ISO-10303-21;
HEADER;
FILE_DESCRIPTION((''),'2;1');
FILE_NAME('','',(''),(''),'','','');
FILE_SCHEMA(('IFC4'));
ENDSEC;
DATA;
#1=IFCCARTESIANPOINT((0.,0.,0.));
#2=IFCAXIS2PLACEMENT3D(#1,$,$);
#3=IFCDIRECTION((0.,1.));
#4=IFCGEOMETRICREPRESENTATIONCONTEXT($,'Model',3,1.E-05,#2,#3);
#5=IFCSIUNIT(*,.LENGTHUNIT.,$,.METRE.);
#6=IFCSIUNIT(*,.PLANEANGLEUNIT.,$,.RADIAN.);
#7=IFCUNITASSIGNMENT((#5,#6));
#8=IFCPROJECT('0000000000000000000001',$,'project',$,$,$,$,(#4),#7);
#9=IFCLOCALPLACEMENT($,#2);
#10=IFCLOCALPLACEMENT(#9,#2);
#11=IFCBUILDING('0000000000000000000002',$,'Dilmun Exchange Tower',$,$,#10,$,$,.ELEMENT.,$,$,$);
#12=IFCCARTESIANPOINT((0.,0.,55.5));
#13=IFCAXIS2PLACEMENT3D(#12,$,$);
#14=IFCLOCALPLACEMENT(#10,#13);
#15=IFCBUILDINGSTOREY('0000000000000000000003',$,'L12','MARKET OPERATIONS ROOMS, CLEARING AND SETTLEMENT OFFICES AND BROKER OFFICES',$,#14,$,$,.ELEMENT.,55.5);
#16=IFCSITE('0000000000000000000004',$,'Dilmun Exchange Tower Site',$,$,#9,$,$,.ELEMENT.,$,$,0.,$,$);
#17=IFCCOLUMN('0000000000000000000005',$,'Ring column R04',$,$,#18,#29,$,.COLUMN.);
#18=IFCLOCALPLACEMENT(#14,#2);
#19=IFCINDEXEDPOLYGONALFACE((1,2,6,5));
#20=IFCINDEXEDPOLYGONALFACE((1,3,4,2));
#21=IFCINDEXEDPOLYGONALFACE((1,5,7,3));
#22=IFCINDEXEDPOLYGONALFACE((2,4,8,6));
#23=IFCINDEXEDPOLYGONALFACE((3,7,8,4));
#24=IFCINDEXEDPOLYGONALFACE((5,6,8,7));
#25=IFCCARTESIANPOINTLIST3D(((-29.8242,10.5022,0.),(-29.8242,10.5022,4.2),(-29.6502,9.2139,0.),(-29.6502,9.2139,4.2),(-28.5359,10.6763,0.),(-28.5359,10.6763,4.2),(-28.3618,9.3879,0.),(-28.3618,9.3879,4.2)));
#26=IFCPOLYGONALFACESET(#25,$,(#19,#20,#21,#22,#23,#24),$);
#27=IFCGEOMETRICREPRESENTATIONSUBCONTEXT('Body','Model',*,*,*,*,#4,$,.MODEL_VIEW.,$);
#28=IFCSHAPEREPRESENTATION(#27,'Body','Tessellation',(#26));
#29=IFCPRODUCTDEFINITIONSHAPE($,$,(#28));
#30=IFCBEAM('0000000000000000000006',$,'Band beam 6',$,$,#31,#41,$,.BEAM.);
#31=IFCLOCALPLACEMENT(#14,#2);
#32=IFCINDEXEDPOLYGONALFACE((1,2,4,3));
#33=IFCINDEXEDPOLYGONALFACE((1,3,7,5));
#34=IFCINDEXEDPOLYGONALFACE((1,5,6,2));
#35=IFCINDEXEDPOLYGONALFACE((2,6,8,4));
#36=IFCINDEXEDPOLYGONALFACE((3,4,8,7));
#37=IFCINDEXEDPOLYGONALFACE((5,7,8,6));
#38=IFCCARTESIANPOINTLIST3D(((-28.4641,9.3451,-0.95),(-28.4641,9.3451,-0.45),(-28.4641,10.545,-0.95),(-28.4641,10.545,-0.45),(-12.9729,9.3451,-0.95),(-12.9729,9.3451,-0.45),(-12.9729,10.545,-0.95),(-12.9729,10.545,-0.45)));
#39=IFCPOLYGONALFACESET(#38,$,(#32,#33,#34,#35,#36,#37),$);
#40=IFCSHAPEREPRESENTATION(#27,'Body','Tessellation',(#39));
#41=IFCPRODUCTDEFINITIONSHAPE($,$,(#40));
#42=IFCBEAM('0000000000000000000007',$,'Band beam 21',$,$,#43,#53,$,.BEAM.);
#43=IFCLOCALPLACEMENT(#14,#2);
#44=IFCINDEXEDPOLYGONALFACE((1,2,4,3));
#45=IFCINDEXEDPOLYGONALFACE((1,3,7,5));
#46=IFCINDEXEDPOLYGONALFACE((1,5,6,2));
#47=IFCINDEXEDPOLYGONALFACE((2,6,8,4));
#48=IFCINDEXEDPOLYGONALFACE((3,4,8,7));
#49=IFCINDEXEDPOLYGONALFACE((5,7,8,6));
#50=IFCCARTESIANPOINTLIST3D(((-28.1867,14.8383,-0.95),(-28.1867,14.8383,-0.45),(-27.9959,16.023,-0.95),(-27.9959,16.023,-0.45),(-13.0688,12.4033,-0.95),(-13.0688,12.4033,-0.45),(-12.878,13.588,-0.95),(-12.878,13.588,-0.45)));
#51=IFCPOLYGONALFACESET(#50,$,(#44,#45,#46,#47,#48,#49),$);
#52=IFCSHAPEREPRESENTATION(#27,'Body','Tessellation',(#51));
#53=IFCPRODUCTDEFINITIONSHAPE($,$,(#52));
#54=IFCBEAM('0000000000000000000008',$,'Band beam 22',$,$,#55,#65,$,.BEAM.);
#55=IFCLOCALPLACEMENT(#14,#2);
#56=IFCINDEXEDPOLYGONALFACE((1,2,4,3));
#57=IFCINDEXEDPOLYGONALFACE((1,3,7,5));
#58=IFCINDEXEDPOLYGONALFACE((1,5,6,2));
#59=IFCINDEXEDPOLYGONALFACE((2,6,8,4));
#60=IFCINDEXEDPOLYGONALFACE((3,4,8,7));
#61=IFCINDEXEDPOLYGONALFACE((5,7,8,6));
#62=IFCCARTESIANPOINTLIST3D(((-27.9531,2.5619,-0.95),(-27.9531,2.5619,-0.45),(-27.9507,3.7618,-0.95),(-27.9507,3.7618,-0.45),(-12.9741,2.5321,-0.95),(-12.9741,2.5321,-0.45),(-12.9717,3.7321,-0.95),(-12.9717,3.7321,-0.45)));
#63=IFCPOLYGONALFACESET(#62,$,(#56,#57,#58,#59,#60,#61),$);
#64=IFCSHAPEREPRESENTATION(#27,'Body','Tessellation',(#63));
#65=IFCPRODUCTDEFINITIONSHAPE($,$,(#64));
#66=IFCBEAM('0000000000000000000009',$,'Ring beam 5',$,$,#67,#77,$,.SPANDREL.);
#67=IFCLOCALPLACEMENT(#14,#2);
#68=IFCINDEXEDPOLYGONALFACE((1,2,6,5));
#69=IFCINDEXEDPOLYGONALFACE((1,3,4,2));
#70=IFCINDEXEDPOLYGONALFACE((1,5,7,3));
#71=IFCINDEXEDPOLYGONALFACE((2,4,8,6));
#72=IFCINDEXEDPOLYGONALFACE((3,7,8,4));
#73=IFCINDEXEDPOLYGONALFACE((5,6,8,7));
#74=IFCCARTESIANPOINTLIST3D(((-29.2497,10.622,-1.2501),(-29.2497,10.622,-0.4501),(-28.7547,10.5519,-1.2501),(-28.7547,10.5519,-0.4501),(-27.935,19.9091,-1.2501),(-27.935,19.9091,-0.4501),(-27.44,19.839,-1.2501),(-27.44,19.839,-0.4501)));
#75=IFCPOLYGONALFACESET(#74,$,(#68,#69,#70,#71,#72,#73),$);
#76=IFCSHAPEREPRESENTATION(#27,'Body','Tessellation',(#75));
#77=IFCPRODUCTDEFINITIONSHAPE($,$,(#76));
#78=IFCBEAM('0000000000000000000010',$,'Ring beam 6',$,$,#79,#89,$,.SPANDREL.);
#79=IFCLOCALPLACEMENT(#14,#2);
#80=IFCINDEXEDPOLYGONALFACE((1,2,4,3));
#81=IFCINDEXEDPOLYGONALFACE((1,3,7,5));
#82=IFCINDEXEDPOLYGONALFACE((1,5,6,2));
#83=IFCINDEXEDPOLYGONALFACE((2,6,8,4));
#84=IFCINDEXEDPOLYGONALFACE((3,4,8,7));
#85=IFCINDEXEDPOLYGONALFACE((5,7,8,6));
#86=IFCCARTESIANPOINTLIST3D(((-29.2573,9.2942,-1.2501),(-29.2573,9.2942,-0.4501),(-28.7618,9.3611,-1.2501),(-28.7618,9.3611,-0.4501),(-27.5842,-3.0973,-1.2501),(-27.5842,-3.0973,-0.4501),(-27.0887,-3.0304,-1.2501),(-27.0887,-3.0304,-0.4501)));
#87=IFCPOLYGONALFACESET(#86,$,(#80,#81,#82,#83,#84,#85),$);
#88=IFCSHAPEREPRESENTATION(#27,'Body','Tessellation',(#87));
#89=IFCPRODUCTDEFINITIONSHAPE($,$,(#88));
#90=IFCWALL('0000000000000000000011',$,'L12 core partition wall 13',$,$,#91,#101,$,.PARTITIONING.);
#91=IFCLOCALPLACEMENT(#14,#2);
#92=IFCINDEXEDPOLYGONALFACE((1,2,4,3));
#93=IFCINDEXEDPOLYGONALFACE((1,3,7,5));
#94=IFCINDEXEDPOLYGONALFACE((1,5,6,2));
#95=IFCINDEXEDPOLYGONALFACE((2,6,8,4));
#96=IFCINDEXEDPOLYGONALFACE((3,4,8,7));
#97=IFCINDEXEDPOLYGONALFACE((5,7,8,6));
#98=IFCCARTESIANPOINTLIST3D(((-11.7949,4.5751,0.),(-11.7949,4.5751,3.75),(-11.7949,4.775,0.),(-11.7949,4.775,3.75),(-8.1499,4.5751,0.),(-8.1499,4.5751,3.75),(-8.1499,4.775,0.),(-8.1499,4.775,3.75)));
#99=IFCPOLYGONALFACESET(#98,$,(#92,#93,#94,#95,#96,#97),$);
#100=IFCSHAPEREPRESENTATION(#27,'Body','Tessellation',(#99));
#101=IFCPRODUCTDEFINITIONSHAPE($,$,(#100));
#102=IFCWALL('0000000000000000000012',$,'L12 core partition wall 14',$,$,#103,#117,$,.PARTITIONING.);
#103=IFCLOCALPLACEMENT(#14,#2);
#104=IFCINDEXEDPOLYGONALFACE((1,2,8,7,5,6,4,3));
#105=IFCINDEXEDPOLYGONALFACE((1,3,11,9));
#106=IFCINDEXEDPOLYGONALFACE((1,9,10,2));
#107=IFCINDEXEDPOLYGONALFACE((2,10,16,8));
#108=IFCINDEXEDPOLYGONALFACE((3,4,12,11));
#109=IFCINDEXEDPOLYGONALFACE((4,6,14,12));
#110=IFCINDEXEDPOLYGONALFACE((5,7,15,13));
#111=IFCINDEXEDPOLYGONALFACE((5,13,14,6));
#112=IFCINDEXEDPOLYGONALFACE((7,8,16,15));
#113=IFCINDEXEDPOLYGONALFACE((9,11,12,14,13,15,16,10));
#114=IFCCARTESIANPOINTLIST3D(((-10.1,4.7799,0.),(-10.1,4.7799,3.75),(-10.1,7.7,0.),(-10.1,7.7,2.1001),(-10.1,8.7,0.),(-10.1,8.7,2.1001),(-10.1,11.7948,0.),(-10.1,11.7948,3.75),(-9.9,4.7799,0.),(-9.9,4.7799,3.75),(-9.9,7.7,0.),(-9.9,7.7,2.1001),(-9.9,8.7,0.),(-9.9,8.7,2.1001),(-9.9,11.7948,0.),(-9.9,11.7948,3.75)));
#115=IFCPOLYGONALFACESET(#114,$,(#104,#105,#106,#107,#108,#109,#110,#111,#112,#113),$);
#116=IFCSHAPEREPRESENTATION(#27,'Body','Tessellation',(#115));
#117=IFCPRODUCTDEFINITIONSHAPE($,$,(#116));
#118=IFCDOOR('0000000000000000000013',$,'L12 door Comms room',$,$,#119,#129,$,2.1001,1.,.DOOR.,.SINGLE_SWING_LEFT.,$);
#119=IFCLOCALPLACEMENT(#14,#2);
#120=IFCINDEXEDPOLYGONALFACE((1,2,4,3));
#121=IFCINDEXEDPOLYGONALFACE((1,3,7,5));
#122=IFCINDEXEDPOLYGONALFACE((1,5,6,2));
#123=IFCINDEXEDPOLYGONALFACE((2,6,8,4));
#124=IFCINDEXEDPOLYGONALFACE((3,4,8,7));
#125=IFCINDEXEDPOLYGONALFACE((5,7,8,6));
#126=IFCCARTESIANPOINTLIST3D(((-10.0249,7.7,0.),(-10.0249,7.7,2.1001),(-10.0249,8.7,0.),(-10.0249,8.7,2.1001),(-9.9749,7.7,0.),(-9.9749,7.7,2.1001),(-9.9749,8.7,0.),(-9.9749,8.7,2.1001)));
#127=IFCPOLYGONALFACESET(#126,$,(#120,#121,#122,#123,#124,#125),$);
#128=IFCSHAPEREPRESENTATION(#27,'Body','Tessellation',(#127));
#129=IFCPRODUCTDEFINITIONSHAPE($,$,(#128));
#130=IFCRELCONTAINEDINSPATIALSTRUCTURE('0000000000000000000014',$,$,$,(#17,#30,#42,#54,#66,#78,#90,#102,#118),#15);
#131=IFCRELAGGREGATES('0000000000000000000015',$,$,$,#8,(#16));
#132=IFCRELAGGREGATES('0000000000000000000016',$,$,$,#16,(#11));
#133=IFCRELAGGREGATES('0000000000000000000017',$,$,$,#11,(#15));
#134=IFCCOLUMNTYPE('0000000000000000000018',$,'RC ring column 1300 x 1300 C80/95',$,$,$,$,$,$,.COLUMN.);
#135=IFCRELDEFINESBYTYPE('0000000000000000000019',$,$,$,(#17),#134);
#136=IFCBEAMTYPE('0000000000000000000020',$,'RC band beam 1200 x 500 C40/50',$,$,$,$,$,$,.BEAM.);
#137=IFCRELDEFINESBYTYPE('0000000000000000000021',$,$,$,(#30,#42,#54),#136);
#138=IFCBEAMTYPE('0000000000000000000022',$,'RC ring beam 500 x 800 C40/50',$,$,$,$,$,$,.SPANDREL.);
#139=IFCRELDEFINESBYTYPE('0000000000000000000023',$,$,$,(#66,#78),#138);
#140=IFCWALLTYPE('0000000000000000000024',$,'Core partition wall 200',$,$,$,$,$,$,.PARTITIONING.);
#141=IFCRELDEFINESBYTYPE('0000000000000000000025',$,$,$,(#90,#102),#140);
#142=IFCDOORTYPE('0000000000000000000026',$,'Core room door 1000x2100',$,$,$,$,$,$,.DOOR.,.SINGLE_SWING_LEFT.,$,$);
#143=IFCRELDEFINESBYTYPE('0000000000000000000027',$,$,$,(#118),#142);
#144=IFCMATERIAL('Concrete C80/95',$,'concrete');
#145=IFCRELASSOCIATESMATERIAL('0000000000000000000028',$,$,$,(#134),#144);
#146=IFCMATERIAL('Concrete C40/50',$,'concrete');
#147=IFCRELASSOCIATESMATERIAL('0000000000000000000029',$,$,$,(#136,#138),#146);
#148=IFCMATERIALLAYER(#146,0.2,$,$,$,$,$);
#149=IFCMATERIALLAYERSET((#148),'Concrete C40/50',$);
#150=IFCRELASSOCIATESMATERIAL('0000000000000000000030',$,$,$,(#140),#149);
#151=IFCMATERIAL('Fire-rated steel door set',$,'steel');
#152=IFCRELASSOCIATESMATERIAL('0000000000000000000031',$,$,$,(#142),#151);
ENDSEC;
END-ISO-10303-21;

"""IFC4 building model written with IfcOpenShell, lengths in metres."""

from ifc_helpers import new_model, si_unit, direction, frame, frame_2d, origin, origin_2d, place, context, subcontext, project, spatial, rectangle, extrude, material, layer, layer_set, material_profile, profile_set, type_object, element, fill, save


model = new_model("IFC4")

# Units and contexts
model_context = context("Model", 3, precision=1e-05, world=origin(), true_north=direction((0.0, 1.0)))
body_context = subcontext(model_context, "Body", "Model", "MODEL_VIEW")
ifc_project = project(units=[si_unit("LENGTHUNIT", "METRE"), si_unit("PLANEANGLEUNIT", "RADIAN")], contexts=[model_context])

# Site, building, storey
site_placement = place(None, origin())
site = spatial("IfcSite", under=ifc_project, at=site_placement, Name="Dilmun Exchange Tower Site", CompositionType="ELEMENT", RefElevation=0.0)
building_placement = place(site_placement, origin())
building = spatial("IfcBuilding", under=site, at=building_placement, Name="Dilmun Exchange Tower", CompositionType="ELEMENT")
storey_placement = place(building_placement, frame((0.0, 0.0, 55.5)))
storey = spatial("IfcBuildingStorey", under=building, at=storey_placement, Name="L12", Description="MARKET OPERATIONS ROOMS, CLEARING AND SETTLEMENT OFFICES AND BROKER OFFICES", CompositionType="ELEMENT", Elevation=55.5)

# Column
ifc_material_1 = material(Name="Concrete C80/95", Category="concrete")
ifc_material_profile_1 = material_profile(ifc_material_1, rectangle(XDim=1.3, YDim=1.3, at=origin_2d()), Name="1300 x 1300")
ifc_profile_set_1 = profile_set([ifc_material_profile_1], Name="Concrete C80/95")
column_type = type_object("IfcColumnType", Name="RC ring column 1300 x 1300 C80/95", PredefinedType="COLUMN", material=ifc_profile_set_1)
column_placement = place(storey_placement, frame((-29.093, 9.9451, 0.0), z_axis=(0.0, 0.0, 1.0), x_axis=(0.991001, 0.133853, 0.0)))
element("IfcColumn", 1, at=column_placement, inside=storey, type_object=column_type, Name="Ring column R04", PredefinedType="COLUMN", context=body_context, shape_type="SweptSolid", body=[
    extrude(rectangle(XDim=1.3, YDim=1.3, at=origin_2d()), origin(), (0.0, 0.0, 1.0), 4.2),
])

# Beams
ifc_material_2 = material(Name="Concrete C40/50", Category="concrete")
ifc_material_profile_2 = material_profile(ifc_material_2, rectangle(XDim=1.2, YDim=0.5, at=origin_2d()), Name="1200 x 500")
ifc_profile_set_2 = profile_set([ifc_material_profile_2], Name="Concrete C40/50")
beam_type_1 = type_object("IfcBeamType", Name="RC band beam 1200 x 500 C40/50", PredefinedType="BEAM", material=ifc_profile_set_2)
beam_1_placement = place(storey_placement, frame((-28.4641, 9.9451, -0.7), z_axis=(1.0, 0.0, 0.0), x_axis=(0.0, 1.0, 0.0)))
element("IfcBeam", 2, at=beam_1_placement, inside=storey, type_object=beam_type_1, Name="Band beam 6", PredefinedType="BEAM", context=body_context, shape_type="SweptSolid", body=[
    extrude(rectangle(XDim=1.2, YDim=0.5, at=origin_2d()), origin(), (0.0, 0.0, 1.0), 15.4912),
])
beam_2_placement = place(storey_placement, frame((-28.0913, 15.4307, -0.7), z_axis=(0.987275, -0.159021, 0.0), x_axis=(0.159021, 0.987275, 0.0)))
element("IfcBeam", 3, at=beam_2_placement, inside=storey, type_object=beam_type_1, Name="Band beam 21", PredefinedType="BEAM", context=body_context, shape_type="SweptSolid", body=[
    extrude(rectangle(XDim=1.2, YDim=0.5, at=origin_2d()), origin(), (0.0, 0.0, 1.0), 15.3127),
])
beam_3_placement = place(storey_placement, frame((-27.9519, 3.1619, -0.7), z_axis=(0.999998, -0.001988, 0.0), x_axis=(0.001988, 0.999998, 0.0)))
element("IfcBeam", 4, at=beam_3_placement, inside=storey, type_object=beam_type_1, Name="Band beam 22", PredefinedType="BEAM", context=body_context, shape_type="SweptSolid", body=[
    extrude(rectangle(XDim=1.2, YDim=0.5, at=origin_2d()), origin(), (0.0, 0.0, 1.0), 14.979),
])
ifc_material_profile_3 = material_profile(ifc_material_2, rectangle(XDim=0.5, YDim=0.8, at=origin_2d()), Name="500 x 800")
ifc_profile_set_3 = profile_set([ifc_material_profile_3], Name="Concrete C40/50")
beam_type_2 = type_object("IfcBeamType", Name="RC ring beam 500 x 800 C40/50", PredefinedType="SPANDREL", material=ifc_profile_set_3)
beam_4_placement = place(storey_placement, frame((-27.6875, 19.874, -0.8501), z_axis=(-0.140164, -0.990128, 0.0), x_axis=(0.990128, -0.140164, 0.0)))
element("IfcBeam", 5, at=beam_4_placement, inside=storey, type_object=beam_type_2, Name="Ring beam 5", PredefinedType="SPANDREL", context=body_context, shape_type="SweptSolid", body=[
    extrude(rectangle(XDim=0.5, YDim=0.8, at=origin_2d()), origin(), (0.0, 0.0, 1.0), 9.3796),
])
beam_5_placement = place(storey_placement, frame((-29.0095, 9.3276, -0.8501), z_axis=(0.133807, -0.991007, 0.0), x_axis=(0.991007, 0.133807, 0.0)))
element("IfcBeam", 6, at=beam_5_placement, inside=storey, type_object=beam_type_2, Name="Ring beam 6", PredefinedType="SPANDREL", context=body_context, shape_type="SweptSolid", body=[
    extrude(rectangle(XDim=0.5, YDim=0.8, at=origin_2d()), origin(), (0.0, 0.0, 1.0), 12.5039),
])

# Wall
ifc_layer_1 = layer(ifc_material_2, 0.2)
ifc_layer_set_1 = layer_set([ifc_layer_1], Name="Concrete C40/50")
wall_type_1 = type_object("IfcWallType", Name="Core partition wall 200", PredefinedType="PARTITIONING", material=ifc_layer_set_1)
wall_1_placement = place(storey_placement, frame((-11.7949, 4.675, 0.0), z_axis=(0.0, 0.0, 1.0), x_axis=(1.0, 0.0, 0.0)))
element("IfcWall", 7, at=wall_1_placement, inside=storey, type_object=wall_type_1, Name="L12 core partition wall 13", PredefinedType="PARTITIONING", context=body_context, shape_type="SweptSolid", body=[
    extrude(rectangle(XDim=3.645, YDim=0.2, at=frame_2d((1.8225, 0.0))), origin(), (0.0, 0.0, 1.0), 3.75),
])

# Wall, opening, door
wall_2_placement = place(storey_placement, frame((-10.0, 4.78, 0.0), z_axis=(0.0, 0.0, 1.0), x_axis=(0.0, 1.0, 0.0)))
wall_2 = element("IfcWall", 8, at=wall_2_placement, inside=storey, type_object=wall_type_1, Name="L12 core partition wall 14", PredefinedType="PARTITIONING", context=body_context, shape_type="SweptSolid", body=[
    extrude(rectangle(XDim=7.0149, YDim=0.2, at=frame_2d((3.5073, 0.0))), origin(), (0.0, 0.0, 1.0), 3.75),
])
opening_1_placement = place(wall_2_placement, frame((2.9199, 0.0, 0.0)))
opening_1 = element("IfcOpeningElement", 9, at=opening_1_placement, cuts=wall_2, PredefinedType="OPENING", context=body_context, shape_type="SweptSolid", body=[
    extrude(rectangle(XDim=1.0, YDim=2.1001, at=frame_2d((0.5, 1.05))), frame((0.0, 0.1099, 0.0), z_axis=(0.0, -1.0, 0.0), x_axis=(1.0, 0.0, 0.0)), (0.0, 0.0, 1.0), 0.22),
])
ifc_material_3 = material(Name="Fire-rated steel door set", Category="steel")
door_type_1 = type_object("IfcDoorType", Name="Core room door 1000x2100", OperationType="SINGLE_SWING_LEFT", PredefinedType="DOOR", material=ifc_material_3)
door_1_placement = place(opening_1_placement, origin())
door_1 = element("IfcDoor", 10, at=door_1_placement, inside=storey, type_object=door_type_1, Name="L12 door Comms room", OperationType="SINGLE_SWING_LEFT", OverallHeight=2.1001, OverallWidth=1.0, PredefinedType="DOOR", context=body_context, shape_type="SweptSolid", body=[
    extrude(rectangle(XDim=1.0, YDim=2.1001, at=frame_2d((0.5, 1.05))), frame((0.0, 0.0249, 0.0), z_axis=(0.0, -1.0, 0.0), x_axis=(1.0, 0.0, 0.0)), (0.0, 0.0, 1.0), 0.05),
])
fill(opening_1, door_1)

save(model, "model.ifc")
